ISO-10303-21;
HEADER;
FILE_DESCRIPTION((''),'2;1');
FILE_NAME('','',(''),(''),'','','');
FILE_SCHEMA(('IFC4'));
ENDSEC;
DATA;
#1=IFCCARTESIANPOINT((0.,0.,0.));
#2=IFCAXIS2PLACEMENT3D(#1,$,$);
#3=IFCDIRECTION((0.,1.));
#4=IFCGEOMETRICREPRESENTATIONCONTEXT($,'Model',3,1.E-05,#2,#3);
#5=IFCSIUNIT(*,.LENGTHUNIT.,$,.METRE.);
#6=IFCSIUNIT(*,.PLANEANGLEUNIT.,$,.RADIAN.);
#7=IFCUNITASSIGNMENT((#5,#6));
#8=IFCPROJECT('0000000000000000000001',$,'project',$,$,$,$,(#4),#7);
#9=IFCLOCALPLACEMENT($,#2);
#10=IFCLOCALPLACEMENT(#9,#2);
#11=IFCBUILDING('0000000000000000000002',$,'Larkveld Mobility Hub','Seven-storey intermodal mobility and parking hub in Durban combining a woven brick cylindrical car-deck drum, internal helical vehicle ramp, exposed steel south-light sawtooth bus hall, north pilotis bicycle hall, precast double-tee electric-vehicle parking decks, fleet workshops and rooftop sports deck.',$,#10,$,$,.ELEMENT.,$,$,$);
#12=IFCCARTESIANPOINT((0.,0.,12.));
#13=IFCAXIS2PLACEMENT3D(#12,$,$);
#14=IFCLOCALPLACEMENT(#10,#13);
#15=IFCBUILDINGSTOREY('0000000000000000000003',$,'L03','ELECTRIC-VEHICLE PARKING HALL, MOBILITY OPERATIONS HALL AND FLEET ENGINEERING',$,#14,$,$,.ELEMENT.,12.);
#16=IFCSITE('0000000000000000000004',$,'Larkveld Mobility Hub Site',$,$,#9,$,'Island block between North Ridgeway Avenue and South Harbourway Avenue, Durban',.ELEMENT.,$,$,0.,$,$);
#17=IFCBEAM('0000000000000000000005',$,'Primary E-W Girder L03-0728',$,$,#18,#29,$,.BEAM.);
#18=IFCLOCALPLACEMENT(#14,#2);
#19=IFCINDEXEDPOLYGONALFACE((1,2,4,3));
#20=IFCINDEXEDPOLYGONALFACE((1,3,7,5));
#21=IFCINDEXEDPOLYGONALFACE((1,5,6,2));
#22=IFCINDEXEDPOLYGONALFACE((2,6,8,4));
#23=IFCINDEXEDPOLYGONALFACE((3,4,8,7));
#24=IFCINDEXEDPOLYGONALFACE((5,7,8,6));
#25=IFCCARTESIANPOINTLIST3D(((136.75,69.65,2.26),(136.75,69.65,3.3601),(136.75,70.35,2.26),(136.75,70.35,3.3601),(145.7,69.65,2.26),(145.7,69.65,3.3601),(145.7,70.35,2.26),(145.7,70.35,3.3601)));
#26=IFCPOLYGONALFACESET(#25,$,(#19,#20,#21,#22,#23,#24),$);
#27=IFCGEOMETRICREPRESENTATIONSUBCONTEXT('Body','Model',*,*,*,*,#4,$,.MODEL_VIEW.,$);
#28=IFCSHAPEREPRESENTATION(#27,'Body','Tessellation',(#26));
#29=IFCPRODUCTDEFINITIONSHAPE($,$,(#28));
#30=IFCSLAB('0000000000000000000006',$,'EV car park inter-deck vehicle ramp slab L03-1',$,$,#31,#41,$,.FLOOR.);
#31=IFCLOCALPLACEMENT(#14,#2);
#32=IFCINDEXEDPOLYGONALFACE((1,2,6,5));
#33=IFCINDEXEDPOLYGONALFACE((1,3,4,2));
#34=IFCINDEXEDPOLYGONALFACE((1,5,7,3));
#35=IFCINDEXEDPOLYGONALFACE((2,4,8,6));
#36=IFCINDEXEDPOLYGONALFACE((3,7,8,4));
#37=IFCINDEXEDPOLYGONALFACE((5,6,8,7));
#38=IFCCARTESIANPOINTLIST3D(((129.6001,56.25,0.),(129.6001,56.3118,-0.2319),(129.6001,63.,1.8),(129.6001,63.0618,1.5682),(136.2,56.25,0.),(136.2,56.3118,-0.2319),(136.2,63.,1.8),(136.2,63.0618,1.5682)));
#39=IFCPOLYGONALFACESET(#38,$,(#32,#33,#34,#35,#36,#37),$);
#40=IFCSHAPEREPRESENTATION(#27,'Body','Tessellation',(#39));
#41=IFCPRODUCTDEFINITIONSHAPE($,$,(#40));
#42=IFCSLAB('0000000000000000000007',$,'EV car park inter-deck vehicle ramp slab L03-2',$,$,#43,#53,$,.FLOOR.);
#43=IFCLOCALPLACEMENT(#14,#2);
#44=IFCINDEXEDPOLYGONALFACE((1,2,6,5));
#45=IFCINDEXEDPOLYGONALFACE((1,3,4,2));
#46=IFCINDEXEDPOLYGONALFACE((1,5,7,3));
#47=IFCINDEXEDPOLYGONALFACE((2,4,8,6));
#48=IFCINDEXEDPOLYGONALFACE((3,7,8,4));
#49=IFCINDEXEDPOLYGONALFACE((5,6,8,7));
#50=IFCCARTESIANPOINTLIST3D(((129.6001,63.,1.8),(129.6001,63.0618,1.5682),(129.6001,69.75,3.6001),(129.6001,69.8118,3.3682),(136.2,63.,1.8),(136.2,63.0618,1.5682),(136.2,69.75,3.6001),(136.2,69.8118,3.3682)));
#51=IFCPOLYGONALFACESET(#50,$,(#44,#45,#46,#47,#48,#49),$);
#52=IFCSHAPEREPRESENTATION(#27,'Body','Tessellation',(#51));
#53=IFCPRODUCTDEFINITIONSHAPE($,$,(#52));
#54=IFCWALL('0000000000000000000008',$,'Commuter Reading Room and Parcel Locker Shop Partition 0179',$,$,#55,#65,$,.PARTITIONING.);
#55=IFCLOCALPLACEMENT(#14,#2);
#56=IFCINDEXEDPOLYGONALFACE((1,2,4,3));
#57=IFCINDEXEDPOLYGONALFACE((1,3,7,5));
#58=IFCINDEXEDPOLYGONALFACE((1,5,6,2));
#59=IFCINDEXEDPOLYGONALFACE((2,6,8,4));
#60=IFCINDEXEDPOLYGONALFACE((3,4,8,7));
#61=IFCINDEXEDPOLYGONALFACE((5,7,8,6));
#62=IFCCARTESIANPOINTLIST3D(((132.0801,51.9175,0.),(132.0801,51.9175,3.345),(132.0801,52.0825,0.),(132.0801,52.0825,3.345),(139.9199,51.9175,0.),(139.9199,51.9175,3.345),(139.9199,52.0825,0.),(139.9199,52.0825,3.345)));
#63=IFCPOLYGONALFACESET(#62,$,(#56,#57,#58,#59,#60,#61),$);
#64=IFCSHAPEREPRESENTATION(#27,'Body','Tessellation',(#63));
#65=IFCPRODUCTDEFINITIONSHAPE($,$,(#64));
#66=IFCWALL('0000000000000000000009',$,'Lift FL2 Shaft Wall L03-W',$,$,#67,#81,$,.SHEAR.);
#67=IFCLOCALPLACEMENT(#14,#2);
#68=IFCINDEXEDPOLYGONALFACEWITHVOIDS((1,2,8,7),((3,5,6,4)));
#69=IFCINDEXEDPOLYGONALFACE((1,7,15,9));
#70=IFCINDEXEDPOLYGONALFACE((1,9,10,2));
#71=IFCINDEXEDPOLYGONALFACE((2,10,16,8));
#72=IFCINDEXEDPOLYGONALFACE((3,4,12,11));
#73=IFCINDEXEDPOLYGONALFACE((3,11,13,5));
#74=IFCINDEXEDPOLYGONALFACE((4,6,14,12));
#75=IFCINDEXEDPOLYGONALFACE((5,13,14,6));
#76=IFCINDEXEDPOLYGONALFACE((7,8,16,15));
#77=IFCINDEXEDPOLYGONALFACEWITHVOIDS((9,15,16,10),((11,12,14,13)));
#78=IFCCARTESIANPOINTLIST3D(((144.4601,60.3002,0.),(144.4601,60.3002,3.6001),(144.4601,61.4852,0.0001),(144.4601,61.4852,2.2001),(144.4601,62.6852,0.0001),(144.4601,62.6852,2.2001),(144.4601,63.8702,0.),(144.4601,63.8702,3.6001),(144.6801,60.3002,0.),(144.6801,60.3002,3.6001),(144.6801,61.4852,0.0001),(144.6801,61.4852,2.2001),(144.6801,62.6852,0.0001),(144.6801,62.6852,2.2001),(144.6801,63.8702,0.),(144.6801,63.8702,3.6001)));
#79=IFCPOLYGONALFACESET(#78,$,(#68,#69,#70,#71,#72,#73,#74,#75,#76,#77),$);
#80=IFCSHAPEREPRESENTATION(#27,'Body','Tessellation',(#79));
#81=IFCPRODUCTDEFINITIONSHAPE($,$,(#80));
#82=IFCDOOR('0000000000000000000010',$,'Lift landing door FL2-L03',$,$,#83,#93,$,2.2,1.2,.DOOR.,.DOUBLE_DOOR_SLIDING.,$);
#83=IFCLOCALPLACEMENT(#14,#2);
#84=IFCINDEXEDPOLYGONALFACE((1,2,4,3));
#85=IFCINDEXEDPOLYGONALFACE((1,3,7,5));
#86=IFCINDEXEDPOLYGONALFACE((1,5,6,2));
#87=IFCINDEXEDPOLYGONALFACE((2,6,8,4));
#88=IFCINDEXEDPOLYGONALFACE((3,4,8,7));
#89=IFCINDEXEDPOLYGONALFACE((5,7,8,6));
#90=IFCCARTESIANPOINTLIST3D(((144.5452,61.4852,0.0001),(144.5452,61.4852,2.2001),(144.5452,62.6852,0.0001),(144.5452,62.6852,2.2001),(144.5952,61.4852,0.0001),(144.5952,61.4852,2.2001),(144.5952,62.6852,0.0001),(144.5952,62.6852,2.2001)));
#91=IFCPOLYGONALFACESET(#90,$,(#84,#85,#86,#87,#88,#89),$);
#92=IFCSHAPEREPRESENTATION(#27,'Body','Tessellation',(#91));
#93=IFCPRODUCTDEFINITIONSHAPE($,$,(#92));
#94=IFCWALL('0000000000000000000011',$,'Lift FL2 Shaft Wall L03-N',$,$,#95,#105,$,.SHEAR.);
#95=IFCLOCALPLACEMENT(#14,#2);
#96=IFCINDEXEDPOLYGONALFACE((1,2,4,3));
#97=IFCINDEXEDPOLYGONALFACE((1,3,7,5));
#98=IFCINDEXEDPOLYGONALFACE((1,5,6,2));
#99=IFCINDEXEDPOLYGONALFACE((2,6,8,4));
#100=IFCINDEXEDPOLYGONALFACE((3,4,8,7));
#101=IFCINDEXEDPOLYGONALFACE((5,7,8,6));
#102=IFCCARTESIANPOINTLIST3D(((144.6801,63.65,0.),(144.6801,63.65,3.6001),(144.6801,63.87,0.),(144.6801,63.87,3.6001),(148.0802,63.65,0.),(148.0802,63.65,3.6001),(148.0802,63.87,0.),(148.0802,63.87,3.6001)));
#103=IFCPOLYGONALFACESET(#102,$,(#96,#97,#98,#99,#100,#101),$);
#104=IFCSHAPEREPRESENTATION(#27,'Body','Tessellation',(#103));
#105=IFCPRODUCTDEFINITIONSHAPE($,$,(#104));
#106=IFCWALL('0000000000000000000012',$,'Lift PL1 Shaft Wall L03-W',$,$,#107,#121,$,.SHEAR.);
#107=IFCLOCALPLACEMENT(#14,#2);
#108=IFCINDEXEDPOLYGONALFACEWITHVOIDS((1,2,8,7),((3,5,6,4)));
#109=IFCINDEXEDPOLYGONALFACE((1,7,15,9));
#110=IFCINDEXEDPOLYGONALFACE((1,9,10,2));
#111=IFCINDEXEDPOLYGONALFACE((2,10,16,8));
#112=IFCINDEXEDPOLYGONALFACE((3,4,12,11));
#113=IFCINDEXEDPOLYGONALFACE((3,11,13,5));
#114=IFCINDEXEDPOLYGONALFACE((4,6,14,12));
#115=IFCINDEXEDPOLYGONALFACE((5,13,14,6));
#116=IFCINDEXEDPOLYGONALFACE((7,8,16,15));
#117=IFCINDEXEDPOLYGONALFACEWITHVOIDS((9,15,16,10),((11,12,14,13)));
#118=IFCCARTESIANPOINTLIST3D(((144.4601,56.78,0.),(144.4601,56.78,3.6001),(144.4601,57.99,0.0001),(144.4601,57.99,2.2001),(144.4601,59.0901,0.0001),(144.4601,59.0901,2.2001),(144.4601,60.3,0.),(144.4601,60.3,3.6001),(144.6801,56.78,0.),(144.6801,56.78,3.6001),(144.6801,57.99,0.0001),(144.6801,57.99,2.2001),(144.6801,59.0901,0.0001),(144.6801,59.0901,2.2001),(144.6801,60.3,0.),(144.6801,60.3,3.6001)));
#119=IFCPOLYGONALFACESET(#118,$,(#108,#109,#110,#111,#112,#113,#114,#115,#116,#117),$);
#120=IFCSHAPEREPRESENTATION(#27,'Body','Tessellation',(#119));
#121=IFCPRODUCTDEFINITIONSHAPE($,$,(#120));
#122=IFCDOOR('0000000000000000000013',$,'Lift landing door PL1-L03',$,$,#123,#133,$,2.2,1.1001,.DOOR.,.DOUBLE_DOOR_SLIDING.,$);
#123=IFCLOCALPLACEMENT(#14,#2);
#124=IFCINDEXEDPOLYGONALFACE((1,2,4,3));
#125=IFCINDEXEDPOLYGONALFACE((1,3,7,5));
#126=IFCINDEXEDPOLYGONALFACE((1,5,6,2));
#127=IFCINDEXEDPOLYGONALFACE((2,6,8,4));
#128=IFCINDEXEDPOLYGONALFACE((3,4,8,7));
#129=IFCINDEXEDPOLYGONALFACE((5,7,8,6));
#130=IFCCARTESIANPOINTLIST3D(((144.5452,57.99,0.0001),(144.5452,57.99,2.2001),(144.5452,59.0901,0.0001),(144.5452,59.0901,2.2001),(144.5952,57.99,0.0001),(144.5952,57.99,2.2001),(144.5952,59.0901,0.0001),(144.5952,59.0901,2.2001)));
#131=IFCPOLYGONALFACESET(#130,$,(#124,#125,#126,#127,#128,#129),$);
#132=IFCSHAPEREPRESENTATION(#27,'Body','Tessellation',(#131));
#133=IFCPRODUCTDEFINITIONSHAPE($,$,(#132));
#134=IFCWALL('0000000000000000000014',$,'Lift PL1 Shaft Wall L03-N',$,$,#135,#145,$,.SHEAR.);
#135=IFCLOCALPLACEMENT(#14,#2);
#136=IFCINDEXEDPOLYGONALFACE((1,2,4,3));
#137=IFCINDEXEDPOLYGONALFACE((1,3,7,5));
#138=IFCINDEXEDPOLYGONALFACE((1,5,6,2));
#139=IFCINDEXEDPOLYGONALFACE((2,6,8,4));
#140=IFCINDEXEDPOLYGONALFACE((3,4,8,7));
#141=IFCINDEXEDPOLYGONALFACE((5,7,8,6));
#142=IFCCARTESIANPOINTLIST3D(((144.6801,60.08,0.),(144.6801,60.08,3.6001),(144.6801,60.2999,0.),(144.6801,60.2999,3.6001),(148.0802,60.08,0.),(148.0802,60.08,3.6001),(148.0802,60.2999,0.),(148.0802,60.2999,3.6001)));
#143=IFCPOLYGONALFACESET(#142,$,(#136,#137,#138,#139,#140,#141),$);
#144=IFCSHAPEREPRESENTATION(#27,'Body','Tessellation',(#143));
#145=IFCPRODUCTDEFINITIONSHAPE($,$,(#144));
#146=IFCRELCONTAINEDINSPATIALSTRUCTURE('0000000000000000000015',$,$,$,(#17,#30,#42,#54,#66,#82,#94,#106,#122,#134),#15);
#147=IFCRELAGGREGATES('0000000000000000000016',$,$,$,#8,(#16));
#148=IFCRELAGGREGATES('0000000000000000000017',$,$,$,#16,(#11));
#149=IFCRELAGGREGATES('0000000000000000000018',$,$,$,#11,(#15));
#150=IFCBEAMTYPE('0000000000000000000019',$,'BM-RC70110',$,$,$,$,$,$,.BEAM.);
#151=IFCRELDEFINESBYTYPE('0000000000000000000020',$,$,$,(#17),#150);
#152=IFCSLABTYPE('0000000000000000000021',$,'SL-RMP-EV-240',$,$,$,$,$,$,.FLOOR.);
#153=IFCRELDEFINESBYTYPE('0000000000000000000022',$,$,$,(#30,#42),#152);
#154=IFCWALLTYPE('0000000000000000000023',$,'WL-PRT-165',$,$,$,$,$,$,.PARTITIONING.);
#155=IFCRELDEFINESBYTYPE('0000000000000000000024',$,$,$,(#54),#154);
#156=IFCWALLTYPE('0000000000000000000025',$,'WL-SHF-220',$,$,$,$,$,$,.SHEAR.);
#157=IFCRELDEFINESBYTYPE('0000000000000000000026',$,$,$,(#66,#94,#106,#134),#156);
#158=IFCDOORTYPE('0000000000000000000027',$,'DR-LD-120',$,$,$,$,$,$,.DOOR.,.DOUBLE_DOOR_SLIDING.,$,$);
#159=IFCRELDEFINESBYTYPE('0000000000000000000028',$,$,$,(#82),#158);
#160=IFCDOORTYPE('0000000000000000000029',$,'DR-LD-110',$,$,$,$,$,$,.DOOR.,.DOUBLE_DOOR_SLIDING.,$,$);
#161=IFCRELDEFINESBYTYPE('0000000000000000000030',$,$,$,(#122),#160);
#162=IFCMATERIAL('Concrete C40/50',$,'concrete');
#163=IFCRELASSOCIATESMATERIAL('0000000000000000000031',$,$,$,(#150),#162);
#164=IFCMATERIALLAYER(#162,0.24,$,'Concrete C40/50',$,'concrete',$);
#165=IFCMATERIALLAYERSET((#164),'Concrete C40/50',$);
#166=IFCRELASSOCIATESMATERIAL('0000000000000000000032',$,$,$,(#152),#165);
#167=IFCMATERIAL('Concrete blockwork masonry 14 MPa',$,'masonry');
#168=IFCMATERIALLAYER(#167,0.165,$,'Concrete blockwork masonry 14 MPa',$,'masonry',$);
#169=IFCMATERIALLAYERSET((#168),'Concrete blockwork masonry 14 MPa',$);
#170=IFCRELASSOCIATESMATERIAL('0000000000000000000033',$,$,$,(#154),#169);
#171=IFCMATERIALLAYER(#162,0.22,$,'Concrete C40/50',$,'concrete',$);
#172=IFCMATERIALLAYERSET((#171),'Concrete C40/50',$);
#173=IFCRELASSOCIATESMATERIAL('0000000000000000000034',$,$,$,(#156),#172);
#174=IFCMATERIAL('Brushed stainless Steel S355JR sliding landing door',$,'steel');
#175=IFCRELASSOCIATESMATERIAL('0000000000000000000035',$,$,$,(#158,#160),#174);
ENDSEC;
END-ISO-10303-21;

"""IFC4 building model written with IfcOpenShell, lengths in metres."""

from ifc_helpers import new_model, si_unit, direction, frame, frame_2d, origin, origin_2d, place, context, subcontext, project, spatial, polyline, rectangle, outline, extrude, material, layer, layer_set, material_profile, profile_set, type_object, element, fill, save


model = new_model("IFC4")

# Units and contexts
model_context = context("Model", 3, precision=1e-05, world=origin(), true_north=direction((0.0, 1.0)))
body_context = subcontext(model_context, "Body", "Model", "MODEL_VIEW")
ifc_project = project(units=[si_unit("LENGTHUNIT", "METRE"), si_unit("PLANEANGLEUNIT", "RADIAN")], contexts=[model_context])

# Site, building, storey
site_placement = place(None, origin())
site = spatial("IfcSite", under=ifc_project, at=site_placement, Name="Larkveld Mobility Hub Site", LongName="Island block between North Ridgeway Avenue and South Harbourway Avenue, Durban", CompositionType="ELEMENT", RefElevation=0.0)
building_placement = place(site_placement, origin())
building = spatial("IfcBuilding", under=site, at=building_placement, Name="Larkveld Mobility Hub", Description="Seven-storey intermodal mobility and parking hub in Durban combining a woven brick cylindrical car-deck drum, internal helical vehicle ramp, exposed steel south-light sawtooth bus hall, north pilotis bicycle hall, precast double-tee electric-vehicle parking decks, fleet workshops and rooftop sports deck.", CompositionType="ELEMENT")
storey_placement = place(building_placement, frame((0.0, 0.0, 12.0)))
storey = spatial("IfcBuildingStorey", under=building, at=storey_placement, Name="L03", Description="ELECTRIC-VEHICLE PARKING HALL, MOBILITY OPERATIONS HALL AND FLEET ENGINEERING", CompositionType="ELEMENT", Elevation=12.0)

# Shared definitions
ifc_material_1 = material(Name="Concrete C40/50", Category="concrete")

# Beam
ifc_material_profile_1 = material_profile(ifc_material_1, rectangle(XDim=0.7, YDim=1.1001, at=origin_2d()), Name="RC BM 700x1100")
ifc_profile_set_1 = profile_set([ifc_material_profile_1], Name="Concrete C40/50")
beam_type_1 = type_object("IfcBeamType", Name="BM-RC70110", PredefinedType="BEAM", material=ifc_profile_set_1)
beam_1_placement = place(storey_placement, frame((136.75, 70.0, 2.8101), z_axis=(1.0, 0.0, 0.0), x_axis=(0.0, 1.0, 0.0)))
element("IfcBeam", 1, at=beam_1_placement, inside=storey, type_object=beam_type_1, Name="Primary E-W Girder L03-0728", PredefinedType="BEAM", context=body_context, shape_type="SweptSolid", body=[
    extrude(rectangle(XDim=0.7, YDim=1.1001, at=origin_2d()), origin(), (0.0, 0.0, 1.0), 8.95),
])

# Slabs
ifc_layer_1 = layer(ifc_material_1, 0.24, Name="Concrete C40/50", Category="concrete")
ifc_layer_set_1 = layer_set([ifc_layer_1], Name="Concrete C40/50")
slab_type = type_object("IfcSlabType", Name="SL-RMP-EV-240", PredefinedType="FLOOR", material=ifc_layer_set_1)
for number, where, z_axis, x_axis, name in (
    (2, (129.6001, 56.25, 0.0), (0.0, -0.257669, 0.966233), (1.0, 0.0, 0.0), "EV car park inter-deck vehicle ramp slab L03-1"),
    (3, (129.6001, 63.0, 1.8), (0.0, -0.257669, 0.966233), (1.0, 0.0, 0.0), "EV car park inter-deck vehicle ramp slab L03-2"),
):
    element("IfcSlab", number, at=place(storey_placement, frame(where, z_axis=z_axis, x_axis=x_axis)), inside=storey, type_object=slab_type, Name=name, PredefinedType="FLOOR", context=body_context, shape_type="SweptSolid", body=[
        extrude(outline(polyline([(0.0, 0.0), (6.5999, 0.0), (6.5999, 6.9859), (0.0, 6.9859), (0.0, 0.0)])), origin(), (0.0, 0.0, -1.0), 0.24),
    ])

# Wall
ifc_material_2 = material(Name="Concrete blockwork masonry 14 MPa", Category="masonry")
ifc_layer_2 = layer(ifc_material_2, 0.165, Name="Concrete blockwork masonry 14 MPa", Category="masonry")
ifc_layer_set_2 = layer_set([ifc_layer_2], Name="Concrete blockwork masonry 14 MPa")
wall_type_1 = type_object("IfcWallType", Name="WL-PRT-165", PredefinedType="PARTITIONING", material=ifc_layer_set_2)
wall_1_placement = place(storey_placement, frame((132.0801, 52.0, 0.0), z_axis=(0.0, 0.0, 1.0), x_axis=(1.0, 0.0, 0.0)))
element("IfcWall", 4, at=wall_1_placement, inside=storey, type_object=wall_type_1, Name="Commuter Reading Room and Parcel Locker Shop Partition 0179", PredefinedType="PARTITIONING", context=body_context, shape_type="SweptSolid", body=[
    extrude(rectangle(XDim=7.8398, YDim=0.165, at=frame_2d((3.9199, 0.0))), origin(), (0.0, 0.0, 1.0), 3.345),
])

# Wall, opening, door
ifc_layer_3 = layer(ifc_material_1, 0.22, Name="Concrete C40/50", Category="concrete")
ifc_layer_set_3 = layer_set([ifc_layer_3], Name="Concrete C40/50")
wall_type_2 = type_object("IfcWallType", Name="WL-SHF-220", PredefinedType="SHEAR", material=ifc_layer_set_3)
wall_2_placement = place(storey_placement, frame((144.5701, 60.3, 0.0), z_axis=(0.0, 0.0, 1.0), x_axis=(0.0, 1.0, 0.0)))
wall_2 = element("IfcWall", 5, at=wall_2_placement, inside=storey, type_object=wall_type_2, Name="Lift FL2 Shaft Wall L03-W", PredefinedType="SHEAR", context=body_context, shape_type="SweptSolid", body=[
    extrude(rectangle(XDim=3.5701, YDim=0.22, at=frame_2d((1.7852, 0.0))), origin(), (0.0, 0.0, 1.0), 3.6001),
])
opening_1_placement = place(wall_2_placement, frame((1.1851, 0.0, 0.0)))
opening_1 = element("IfcOpeningElement", 6, at=opening_1_placement, cuts=wall_2, PredefinedType="OPENING", context=body_context, shape_type="SweptSolid", body=[
    extrude(rectangle(XDim=1.2, YDim=2.2, at=frame_2d((0.6001, 1.1001))), frame((0.0, 0.1201, 0.0), z_axis=(0.0, -1.0, 0.0), x_axis=(1.0, 0.0, 0.0)), (0.0, 0.0, 1.0), 0.24),
])
ifc_material_3 = material(Name="Brushed stainless Steel S355JR sliding landing door", Category="steel")
door_type_1 = type_object("IfcDoorType", Name="DR-LD-120", OperationType="DOUBLE_DOOR_SLIDING", PredefinedType="DOOR", material=ifc_material_3)
door_1_placement = place(opening_1_placement, origin())
door_1 = element("IfcDoor", 7, at=door_1_placement, inside=storey, type_object=door_type_1, Name="Lift landing door FL2-L03", OperationType="DOUBLE_DOOR_SLIDING", OverallHeight=2.2, OverallWidth=1.2, PredefinedType="DOOR", context=body_context, shape_type="SweptSolid", body=[
    extrude(rectangle(XDim=1.2, YDim=2.2, at=frame_2d((0.6001, 1.1001))), frame((0.0, 0.0249, 0.0), z_axis=(0.0, -1.0, 0.0), x_axis=(1.0, 0.0, 0.0)), (0.0, 0.0, 1.0), 0.05),
])
fill(opening_1, door_1)

# Wall
wall_3_placement = place(storey_placement, frame((144.6799, 63.76, 0.0), z_axis=(0.0, 0.0, 1.0), x_axis=(1.0, 0.0, 0.0)))
element("IfcWall", 8, at=wall_3_placement, inside=storey, type_object=wall_type_2, Name="Lift FL2 Shaft Wall L03-N", PredefinedType="SHEAR", context=body_context, shape_type="SweptSolid", body=[
    extrude(rectangle(XDim=3.4001, YDim=0.22, at=frame_2d((1.7002, 0.0))), origin(), (0.0, 0.0, 1.0), 3.6001),
])

# Wall, opening, door
wall_4_placement = place(storey_placement, frame((144.5701, 56.78, 0.0), z_axis=(0.0, 0.0, 1.0), x_axis=(0.0, 1.0, 0.0)))
wall_4 = element("IfcWall", 9, at=wall_4_placement, inside=storey, type_object=wall_type_2, Name="Lift PL1 Shaft Wall L03-W", PredefinedType="SHEAR", context=body_context, shape_type="SweptSolid", body=[
    extrude(rectangle(XDim=3.52, YDim=0.22, at=frame_2d((1.76, 0.0))), origin(), (0.0, 0.0, 1.0), 3.6001),
])
opening_2_placement = place(wall_4_placement, frame((1.21, 0.0, 0.0)))
opening_2 = element("IfcOpeningElement", 10, at=opening_2_placement, cuts=wall_4, PredefinedType="OPENING", context=body_context, shape_type="SweptSolid", body=[
    extrude(rectangle(XDim=1.1001, YDim=2.2, at=frame_2d((0.55, 1.1001))), frame((0.0, 0.1201, 0.0), z_axis=(0.0, -1.0, 0.0), x_axis=(1.0, 0.0, 0.0)), (0.0, 0.0, 1.0), 0.24),
])
door_type_2 = type_object("IfcDoorType", Name="DR-LD-110", OperationType="DOUBLE_DOOR_SLIDING", PredefinedType="DOOR", material=ifc_material_3)
door_2_placement = place(opening_2_placement, origin())
door_2 = element("IfcDoor", 11, at=door_2_placement, inside=storey, type_object=door_type_2, Name="Lift landing door PL1-L03", OperationType="DOUBLE_DOOR_SLIDING", OverallHeight=2.2, OverallWidth=1.1001, PredefinedType="DOOR", context=body_context, shape_type="SweptSolid", body=[
    extrude(rectangle(XDim=1.1001, YDim=2.2, at=frame_2d((0.55, 1.1001))), frame((0.0, 0.0249, 0.0), z_axis=(0.0, -1.0, 0.0), x_axis=(1.0, 0.0, 0.0)), (0.0, 0.0, 1.0), 0.05),
])
fill(opening_2, door_2)

# Wall
wall_5_placement = place(storey_placement, frame((144.6799, 60.1899, 0.0), z_axis=(0.0, 0.0, 1.0), x_axis=(1.0, 0.0, 0.0)))
element("IfcWall", 12, at=wall_5_placement, inside=storey, type_object=wall_type_2, Name="Lift PL1 Shaft Wall L03-N", PredefinedType="SHEAR", context=body_context, shape_type="SweptSolid", body=[
    extrude(rectangle(XDim=3.4001, YDim=0.22, at=frame_2d((1.7002, 0.0))), origin(), (0.0, 0.0, 1.0), 3.6001),
])

save(model, "model.ifc")
